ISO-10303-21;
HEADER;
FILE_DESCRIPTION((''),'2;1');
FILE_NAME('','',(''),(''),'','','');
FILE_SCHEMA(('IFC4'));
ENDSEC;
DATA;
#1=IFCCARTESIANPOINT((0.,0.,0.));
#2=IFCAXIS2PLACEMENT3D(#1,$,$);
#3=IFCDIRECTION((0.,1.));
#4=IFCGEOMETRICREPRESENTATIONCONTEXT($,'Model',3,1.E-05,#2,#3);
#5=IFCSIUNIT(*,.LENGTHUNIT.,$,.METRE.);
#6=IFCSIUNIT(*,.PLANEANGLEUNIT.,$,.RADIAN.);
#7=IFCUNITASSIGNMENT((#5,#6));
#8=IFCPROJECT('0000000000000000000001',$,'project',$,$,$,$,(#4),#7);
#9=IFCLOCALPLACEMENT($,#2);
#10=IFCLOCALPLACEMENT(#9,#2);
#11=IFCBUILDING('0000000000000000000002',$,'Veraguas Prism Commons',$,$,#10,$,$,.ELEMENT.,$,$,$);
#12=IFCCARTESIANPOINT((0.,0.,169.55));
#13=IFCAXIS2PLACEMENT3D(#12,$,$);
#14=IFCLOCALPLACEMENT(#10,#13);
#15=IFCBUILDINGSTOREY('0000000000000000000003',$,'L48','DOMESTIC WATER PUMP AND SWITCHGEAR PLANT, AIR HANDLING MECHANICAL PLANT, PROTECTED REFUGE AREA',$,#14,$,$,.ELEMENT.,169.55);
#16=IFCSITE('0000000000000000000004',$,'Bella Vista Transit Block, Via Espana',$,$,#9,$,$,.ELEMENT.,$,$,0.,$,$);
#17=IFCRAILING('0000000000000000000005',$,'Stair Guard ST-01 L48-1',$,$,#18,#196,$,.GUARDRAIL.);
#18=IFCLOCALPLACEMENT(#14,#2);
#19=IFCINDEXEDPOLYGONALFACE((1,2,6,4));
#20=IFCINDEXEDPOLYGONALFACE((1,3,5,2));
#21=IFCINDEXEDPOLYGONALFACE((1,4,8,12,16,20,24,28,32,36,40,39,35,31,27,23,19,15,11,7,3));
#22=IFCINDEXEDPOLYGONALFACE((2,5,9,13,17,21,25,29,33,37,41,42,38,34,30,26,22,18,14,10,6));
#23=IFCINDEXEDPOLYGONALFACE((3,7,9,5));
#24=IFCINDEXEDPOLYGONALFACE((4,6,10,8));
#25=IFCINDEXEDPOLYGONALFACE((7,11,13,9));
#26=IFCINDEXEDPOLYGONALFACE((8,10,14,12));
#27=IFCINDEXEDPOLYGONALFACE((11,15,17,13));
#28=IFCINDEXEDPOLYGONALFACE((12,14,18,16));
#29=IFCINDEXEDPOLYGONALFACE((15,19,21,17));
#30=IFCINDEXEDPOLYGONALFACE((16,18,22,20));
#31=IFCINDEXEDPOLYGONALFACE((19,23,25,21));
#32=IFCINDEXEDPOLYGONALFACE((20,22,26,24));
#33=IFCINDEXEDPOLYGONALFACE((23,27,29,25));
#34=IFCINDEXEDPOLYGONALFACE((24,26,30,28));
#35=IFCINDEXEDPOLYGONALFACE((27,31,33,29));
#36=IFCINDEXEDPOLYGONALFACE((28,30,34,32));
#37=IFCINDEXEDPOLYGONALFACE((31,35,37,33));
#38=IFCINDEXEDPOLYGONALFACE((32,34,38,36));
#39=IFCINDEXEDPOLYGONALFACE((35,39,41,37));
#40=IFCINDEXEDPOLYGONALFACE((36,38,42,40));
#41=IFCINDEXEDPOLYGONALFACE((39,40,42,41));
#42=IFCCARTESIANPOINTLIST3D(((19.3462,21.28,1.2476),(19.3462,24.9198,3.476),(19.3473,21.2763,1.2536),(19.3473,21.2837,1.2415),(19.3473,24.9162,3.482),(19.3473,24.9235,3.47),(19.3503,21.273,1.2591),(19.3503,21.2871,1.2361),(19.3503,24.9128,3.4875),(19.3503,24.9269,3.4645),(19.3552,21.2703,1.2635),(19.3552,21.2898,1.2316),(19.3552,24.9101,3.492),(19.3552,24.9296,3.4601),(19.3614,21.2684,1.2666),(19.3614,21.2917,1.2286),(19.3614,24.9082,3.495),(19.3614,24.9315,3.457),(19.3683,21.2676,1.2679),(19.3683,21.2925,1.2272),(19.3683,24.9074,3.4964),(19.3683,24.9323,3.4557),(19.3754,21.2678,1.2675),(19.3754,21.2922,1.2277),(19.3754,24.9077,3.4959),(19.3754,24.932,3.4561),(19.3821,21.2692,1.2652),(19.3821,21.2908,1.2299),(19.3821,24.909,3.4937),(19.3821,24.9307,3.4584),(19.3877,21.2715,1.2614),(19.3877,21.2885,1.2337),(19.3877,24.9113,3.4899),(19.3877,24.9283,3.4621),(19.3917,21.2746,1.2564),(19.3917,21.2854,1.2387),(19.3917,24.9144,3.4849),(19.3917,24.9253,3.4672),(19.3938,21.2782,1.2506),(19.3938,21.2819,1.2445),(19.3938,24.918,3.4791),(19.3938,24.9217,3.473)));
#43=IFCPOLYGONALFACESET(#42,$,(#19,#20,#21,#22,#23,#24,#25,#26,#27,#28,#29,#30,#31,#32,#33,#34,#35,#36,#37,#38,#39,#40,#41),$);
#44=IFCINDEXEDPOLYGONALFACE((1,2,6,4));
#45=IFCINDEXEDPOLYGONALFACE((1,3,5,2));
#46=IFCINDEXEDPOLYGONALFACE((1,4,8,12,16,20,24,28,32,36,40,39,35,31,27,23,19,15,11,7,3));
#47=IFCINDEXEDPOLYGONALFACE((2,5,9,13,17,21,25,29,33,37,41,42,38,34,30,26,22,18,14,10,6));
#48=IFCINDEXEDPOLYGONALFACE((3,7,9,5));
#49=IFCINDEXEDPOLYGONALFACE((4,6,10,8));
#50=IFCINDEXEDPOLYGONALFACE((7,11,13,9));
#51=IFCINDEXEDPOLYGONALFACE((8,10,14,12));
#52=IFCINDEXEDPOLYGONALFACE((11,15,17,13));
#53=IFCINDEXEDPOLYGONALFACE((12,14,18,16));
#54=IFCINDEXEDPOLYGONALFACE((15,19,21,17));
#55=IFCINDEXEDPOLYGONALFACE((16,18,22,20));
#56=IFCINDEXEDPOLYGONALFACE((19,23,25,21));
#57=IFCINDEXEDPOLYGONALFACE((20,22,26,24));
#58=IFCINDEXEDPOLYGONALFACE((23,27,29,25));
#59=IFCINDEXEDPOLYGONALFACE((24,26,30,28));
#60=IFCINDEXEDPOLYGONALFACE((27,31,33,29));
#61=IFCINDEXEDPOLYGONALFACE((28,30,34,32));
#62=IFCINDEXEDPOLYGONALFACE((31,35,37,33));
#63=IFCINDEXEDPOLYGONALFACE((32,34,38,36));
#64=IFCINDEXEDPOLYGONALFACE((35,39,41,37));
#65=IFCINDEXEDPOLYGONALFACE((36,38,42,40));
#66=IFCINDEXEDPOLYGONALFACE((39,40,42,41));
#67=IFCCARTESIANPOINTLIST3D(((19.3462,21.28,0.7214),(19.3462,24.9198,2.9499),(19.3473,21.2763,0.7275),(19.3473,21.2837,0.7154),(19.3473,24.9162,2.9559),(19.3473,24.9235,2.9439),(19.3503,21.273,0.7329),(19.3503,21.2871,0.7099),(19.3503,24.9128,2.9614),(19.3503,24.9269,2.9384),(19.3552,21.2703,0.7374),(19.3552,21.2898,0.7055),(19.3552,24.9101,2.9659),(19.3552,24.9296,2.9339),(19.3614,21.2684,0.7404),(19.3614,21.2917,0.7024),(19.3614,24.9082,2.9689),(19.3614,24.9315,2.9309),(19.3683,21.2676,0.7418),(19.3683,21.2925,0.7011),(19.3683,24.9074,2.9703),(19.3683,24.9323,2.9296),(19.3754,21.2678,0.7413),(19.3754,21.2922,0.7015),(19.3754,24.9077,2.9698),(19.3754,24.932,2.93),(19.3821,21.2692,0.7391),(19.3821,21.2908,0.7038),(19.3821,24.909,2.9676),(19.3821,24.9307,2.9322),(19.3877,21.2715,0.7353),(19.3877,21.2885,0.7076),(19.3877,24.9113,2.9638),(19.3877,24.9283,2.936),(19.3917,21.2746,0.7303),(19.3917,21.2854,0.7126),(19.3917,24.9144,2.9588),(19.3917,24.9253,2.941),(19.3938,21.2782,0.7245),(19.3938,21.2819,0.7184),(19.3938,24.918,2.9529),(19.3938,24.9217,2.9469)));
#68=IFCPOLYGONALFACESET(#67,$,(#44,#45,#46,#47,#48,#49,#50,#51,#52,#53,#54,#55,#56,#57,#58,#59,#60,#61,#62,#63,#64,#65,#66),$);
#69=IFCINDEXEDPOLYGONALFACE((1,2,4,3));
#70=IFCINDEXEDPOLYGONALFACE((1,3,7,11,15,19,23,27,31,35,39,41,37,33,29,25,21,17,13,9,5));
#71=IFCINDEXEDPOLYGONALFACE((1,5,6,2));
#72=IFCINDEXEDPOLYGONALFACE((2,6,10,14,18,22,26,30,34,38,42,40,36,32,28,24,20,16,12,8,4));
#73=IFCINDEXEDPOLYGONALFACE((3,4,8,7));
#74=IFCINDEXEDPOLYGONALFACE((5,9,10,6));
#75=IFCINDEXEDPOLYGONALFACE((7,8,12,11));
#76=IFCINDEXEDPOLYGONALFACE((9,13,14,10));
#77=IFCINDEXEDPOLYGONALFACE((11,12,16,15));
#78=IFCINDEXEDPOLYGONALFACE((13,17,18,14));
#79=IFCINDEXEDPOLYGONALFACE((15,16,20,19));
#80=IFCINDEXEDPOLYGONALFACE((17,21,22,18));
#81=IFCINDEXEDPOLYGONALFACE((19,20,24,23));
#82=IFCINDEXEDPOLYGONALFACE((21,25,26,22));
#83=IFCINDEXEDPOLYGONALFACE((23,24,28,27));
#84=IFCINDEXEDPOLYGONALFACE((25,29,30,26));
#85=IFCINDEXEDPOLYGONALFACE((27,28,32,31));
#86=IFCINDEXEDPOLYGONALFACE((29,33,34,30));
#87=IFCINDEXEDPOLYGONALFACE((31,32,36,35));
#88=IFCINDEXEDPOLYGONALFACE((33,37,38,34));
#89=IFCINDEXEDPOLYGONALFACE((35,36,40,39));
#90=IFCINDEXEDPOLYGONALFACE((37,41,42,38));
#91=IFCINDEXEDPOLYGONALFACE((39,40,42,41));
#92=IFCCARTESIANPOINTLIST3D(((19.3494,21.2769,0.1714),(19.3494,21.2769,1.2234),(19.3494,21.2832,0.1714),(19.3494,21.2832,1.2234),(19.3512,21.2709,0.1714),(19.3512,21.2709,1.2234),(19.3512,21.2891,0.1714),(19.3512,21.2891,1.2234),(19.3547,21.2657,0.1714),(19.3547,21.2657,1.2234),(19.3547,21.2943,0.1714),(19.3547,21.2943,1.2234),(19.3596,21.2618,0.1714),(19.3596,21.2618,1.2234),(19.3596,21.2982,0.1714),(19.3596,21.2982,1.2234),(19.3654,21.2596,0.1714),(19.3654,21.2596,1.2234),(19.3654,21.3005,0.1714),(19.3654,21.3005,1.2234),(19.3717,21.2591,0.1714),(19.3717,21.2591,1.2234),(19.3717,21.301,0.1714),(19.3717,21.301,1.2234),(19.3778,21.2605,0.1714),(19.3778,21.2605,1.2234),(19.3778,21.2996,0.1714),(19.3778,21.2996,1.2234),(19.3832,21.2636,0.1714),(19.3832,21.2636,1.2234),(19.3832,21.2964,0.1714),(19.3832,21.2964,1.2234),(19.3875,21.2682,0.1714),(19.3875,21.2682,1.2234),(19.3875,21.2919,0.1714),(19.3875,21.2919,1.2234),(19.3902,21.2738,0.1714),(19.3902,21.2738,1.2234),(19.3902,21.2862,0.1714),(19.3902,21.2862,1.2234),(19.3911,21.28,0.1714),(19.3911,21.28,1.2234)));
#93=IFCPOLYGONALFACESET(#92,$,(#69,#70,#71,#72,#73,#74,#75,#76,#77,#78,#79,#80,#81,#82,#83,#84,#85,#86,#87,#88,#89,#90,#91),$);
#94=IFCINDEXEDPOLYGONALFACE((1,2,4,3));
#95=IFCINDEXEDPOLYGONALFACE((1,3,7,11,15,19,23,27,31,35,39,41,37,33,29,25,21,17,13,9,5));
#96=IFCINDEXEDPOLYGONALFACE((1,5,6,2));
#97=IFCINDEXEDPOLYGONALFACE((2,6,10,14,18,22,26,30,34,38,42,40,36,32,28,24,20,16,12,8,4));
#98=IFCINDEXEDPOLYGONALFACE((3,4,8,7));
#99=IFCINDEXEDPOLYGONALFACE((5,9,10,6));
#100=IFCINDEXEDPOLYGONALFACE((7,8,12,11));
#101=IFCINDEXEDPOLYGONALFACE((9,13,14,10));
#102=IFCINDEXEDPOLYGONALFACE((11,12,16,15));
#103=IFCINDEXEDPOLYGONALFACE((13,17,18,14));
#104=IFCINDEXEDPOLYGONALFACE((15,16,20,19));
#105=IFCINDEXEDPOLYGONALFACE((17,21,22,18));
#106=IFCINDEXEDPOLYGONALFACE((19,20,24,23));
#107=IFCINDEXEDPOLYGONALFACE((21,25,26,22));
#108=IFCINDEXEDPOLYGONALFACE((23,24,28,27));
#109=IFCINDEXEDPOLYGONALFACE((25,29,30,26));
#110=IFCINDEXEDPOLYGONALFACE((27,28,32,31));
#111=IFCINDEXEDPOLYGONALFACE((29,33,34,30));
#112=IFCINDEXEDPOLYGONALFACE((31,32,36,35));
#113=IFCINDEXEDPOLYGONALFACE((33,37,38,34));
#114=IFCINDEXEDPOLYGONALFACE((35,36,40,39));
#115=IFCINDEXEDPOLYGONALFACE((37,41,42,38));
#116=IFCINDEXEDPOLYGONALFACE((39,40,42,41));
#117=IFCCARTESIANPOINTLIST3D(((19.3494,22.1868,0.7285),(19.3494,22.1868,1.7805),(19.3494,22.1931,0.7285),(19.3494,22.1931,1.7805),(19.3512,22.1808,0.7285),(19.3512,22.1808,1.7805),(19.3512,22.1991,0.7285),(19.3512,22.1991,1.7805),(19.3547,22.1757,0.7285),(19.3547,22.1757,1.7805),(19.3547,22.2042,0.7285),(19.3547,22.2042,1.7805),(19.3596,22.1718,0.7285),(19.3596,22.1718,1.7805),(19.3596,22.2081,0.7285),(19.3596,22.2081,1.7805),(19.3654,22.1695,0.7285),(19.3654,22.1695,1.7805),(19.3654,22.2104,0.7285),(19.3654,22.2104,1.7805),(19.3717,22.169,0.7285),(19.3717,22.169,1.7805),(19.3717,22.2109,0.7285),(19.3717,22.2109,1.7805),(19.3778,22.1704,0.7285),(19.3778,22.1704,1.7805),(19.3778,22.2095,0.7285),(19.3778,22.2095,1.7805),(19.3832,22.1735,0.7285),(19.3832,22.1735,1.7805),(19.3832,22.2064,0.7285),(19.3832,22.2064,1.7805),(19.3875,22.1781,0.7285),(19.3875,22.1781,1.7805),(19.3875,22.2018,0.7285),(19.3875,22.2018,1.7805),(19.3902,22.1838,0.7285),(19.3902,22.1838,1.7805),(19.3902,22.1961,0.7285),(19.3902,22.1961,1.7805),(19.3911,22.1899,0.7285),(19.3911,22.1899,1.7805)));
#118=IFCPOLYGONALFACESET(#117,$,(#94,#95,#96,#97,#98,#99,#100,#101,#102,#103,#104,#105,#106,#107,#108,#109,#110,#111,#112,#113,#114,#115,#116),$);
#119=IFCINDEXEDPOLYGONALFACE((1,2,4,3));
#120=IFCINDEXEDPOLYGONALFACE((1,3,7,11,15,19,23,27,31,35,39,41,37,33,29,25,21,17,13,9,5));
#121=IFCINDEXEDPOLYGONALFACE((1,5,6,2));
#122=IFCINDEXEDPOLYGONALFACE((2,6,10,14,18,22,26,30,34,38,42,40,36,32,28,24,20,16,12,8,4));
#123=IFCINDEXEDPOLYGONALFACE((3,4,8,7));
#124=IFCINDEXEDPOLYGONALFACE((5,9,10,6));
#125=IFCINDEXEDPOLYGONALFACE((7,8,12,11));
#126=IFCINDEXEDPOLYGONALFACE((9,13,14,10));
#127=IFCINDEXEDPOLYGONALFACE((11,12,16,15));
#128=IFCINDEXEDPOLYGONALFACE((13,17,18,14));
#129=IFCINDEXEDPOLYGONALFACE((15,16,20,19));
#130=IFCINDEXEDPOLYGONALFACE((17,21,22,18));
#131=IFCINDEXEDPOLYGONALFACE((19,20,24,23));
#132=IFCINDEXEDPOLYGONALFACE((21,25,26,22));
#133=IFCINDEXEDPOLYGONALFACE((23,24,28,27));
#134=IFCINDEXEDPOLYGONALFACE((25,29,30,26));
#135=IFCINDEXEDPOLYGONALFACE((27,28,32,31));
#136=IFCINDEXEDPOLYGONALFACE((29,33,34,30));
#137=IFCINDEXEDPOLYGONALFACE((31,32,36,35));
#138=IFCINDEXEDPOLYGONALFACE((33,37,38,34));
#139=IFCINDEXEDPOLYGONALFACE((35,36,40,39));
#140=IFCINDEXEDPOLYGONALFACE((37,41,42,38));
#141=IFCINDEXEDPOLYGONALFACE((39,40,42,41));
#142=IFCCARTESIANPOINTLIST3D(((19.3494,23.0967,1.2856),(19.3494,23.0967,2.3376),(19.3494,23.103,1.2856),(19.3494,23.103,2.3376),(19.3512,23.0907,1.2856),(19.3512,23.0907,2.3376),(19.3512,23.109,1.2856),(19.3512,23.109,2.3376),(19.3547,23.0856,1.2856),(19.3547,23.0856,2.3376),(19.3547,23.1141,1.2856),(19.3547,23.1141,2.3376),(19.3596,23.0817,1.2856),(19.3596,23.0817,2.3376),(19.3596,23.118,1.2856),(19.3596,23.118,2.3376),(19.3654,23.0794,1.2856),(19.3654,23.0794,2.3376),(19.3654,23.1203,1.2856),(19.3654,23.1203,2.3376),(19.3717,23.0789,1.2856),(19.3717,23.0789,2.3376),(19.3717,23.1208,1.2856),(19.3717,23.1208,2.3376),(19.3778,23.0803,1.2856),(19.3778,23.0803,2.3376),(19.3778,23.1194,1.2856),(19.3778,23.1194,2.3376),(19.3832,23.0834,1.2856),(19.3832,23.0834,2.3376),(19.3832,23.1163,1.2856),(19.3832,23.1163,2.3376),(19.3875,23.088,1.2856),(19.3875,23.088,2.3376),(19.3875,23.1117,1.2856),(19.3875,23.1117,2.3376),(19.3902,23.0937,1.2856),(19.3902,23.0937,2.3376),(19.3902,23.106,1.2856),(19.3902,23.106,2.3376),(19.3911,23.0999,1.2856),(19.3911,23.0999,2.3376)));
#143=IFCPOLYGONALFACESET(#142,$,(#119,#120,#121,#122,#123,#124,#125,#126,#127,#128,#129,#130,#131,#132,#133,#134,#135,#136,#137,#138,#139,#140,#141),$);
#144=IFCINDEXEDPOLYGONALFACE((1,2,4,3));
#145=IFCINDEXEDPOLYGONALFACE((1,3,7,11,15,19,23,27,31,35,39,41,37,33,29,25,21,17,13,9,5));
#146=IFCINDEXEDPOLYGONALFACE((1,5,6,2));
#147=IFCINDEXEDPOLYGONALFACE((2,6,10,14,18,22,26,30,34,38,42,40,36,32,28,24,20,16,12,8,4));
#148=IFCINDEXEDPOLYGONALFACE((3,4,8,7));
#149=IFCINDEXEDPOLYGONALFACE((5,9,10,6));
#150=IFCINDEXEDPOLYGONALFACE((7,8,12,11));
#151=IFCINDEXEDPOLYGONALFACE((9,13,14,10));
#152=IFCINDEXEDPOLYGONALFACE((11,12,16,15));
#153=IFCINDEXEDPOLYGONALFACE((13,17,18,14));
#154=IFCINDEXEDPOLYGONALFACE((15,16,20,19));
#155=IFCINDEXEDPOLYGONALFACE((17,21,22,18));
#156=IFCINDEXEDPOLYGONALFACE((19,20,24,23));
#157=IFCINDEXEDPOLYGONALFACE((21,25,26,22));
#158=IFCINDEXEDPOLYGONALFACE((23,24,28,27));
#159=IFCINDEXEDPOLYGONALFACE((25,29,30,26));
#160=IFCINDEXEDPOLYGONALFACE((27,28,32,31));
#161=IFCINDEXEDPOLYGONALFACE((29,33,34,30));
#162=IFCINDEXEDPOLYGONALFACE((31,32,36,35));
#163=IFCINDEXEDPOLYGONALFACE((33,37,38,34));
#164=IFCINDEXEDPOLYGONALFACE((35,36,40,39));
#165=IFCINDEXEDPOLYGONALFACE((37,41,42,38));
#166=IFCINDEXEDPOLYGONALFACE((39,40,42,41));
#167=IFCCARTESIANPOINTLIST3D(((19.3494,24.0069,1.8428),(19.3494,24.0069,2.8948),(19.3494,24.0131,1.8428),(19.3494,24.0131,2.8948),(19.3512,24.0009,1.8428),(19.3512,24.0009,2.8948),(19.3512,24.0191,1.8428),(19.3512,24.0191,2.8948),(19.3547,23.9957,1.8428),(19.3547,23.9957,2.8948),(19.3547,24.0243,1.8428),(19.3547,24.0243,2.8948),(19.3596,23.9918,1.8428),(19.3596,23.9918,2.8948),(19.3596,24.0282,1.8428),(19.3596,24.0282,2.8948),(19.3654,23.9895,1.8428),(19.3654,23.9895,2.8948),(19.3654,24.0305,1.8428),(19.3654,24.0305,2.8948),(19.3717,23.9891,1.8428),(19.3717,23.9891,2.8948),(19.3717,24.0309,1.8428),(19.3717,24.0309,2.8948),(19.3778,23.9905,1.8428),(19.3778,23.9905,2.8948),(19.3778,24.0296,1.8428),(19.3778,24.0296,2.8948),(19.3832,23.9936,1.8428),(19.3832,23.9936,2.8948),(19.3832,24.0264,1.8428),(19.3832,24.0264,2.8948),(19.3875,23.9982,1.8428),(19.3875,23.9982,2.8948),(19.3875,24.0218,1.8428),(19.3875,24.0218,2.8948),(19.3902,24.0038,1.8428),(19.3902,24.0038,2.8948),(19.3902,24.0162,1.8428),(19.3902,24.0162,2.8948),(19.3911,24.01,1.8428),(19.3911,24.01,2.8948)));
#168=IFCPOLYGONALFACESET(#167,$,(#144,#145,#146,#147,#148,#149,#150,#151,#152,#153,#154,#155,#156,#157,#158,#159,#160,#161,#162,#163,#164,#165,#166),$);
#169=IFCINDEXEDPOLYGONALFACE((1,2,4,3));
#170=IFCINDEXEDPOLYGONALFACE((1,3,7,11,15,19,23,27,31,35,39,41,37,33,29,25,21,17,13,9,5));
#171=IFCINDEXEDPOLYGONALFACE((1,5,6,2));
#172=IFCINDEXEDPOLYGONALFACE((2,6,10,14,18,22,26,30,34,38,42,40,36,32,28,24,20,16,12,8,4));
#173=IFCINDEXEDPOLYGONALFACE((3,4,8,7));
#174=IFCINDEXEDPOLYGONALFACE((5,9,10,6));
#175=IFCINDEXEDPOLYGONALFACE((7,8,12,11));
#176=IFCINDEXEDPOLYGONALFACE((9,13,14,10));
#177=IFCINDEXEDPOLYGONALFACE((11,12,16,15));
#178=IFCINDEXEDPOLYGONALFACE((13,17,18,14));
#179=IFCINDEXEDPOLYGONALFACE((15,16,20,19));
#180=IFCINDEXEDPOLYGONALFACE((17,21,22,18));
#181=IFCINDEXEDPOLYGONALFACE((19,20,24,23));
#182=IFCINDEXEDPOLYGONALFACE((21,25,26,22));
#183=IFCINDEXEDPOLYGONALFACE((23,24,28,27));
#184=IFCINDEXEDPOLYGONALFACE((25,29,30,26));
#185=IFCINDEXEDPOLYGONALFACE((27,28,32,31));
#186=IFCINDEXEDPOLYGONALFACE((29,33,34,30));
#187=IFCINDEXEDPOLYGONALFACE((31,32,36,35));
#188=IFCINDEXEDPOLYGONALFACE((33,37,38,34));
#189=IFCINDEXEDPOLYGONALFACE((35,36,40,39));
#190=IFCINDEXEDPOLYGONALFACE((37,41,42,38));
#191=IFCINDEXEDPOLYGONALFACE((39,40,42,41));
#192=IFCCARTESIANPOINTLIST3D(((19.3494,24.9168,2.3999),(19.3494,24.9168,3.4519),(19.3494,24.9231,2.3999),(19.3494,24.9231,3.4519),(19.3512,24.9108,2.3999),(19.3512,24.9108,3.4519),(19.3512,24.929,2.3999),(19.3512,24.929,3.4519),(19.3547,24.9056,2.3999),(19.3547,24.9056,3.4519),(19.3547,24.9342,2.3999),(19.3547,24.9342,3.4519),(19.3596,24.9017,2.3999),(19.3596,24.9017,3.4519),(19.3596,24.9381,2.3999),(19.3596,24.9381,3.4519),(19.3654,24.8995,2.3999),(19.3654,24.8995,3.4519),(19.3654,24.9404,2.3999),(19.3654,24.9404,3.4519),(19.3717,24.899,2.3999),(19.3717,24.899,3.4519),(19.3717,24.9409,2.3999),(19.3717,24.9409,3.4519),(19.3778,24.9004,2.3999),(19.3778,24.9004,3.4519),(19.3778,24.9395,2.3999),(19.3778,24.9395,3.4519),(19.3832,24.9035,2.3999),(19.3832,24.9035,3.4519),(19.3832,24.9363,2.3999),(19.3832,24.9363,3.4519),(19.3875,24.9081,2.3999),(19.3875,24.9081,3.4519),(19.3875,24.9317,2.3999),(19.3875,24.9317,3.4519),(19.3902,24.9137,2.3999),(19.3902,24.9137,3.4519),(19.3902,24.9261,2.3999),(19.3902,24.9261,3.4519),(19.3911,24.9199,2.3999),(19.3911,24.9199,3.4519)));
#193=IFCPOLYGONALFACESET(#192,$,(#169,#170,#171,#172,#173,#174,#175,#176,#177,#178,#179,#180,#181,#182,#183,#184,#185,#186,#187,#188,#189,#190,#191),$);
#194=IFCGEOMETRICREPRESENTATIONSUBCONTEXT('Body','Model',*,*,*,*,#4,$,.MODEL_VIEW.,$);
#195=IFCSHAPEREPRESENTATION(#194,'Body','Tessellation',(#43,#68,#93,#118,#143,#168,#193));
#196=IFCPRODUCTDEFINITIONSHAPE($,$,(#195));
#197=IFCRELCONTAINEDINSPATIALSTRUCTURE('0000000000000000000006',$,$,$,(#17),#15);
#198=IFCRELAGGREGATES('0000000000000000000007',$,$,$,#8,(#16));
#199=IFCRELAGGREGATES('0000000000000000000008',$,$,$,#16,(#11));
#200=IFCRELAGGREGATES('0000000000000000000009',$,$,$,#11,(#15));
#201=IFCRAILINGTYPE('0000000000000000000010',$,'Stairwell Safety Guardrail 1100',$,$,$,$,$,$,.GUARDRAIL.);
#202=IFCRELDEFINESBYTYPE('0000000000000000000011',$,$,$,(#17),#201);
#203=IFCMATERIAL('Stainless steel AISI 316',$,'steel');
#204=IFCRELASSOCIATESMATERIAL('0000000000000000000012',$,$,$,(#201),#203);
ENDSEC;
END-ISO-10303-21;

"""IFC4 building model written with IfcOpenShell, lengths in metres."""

from ifc_helpers import new_model, si_unit, direction, frame, origin, origin_2d, place, context, subcontext, project, spatial, circle, extrude, material, type_object, element, save


model = new_model("IFC4")

# Units and contexts
model_context = context("Model", 3, precision=1e-05, world=origin(), true_north=direction((0.0, 1.0)))
body_context = subcontext(model_context, "Body", "Model", "MODEL_VIEW")
ifc_project = project(units=[si_unit("LENGTHUNIT", "METRE"), si_unit("PLANEANGLEUNIT", "RADIAN")], contexts=[model_context])

# Site, building, storey
site_placement = place(None, origin())
site = spatial("IfcSite", under=ifc_project, at=site_placement, Name="Bella Vista Transit Block, Via Espana", CompositionType="ELEMENT", RefElevation=0.0)
building_placement = place(site_placement, origin())
building = spatial("IfcBuilding", under=site, at=building_placement, Name="Veraguas Prism Commons", CompositionType="ELEMENT")
storey_placement = place(building_placement, frame((0.0, 0.0, 169.55)))
storey = spatial("IfcBuildingStorey", under=building, at=storey_placement, Name="L48", Description="DOMESTIC WATER PUMP AND SWITCHGEAR PLANT, AIR HANDLING MECHANICAL PLANT, PROTECTED REFUGE AREA", CompositionType="ELEMENT", Elevation=169.55)

# Shared definitions
ifc_material_1 = material(Name="Stainless steel AISI 316", Category="steel")

# Railing
railing_type_1 = type_object("IfcRailingType", Name="Stairwell Safety Guardrail 1100", PredefinedType="GUARDRAIL", material=ifc_material_1)
railing_1_placement = place(storey_placement, frame((19.3701, 21.28, 0.1714)))
element("IfcRailing", 1, at=railing_1_placement, inside=storey, type_object=railing_type_1, Name="Stair Guard ST-01 L48-1", PredefinedType="GUARDRAIL", context=body_context, shape_type="SweptSolid", body=[
    extrude(circle(Radius=0.0239, at=origin_2d()), frame((0.0, 0.0, 1.0762), z_axis=(0.0, 0.85285, 0.522156), x_axis=(-1.0, 0.0, 0.0)), (0.0, 0.0, 1.0), 4.2678),
    extrude(circle(Radius=0.0239, at=origin_2d()), frame((0.0, 0.0, 0.55), z_axis=(0.0, 0.85285, 0.522156), x_axis=(-1.0, 0.0, 0.0)), (0.0, 0.0, 1.0), 4.2678),
    extrude(circle(Radius=0.021, at=origin_2d()), origin(), (0.0, 0.0, 1.0), 1.052),
    extrude(circle(Radius=0.021, at=origin_2d()), frame((0.0, 0.9099, 0.5571)), (0.0, 0.0, 1.0), 1.052),
    extrude(circle(Radius=0.021, at=origin_2d()), frame((0.0, 1.8198, 1.1143)), (0.0, 0.0, 1.0), 1.052),
    extrude(circle(Radius=0.021, at=origin_2d()), frame((0.0, 2.73, 1.6714)), (0.0, 0.0, 1.0), 1.052),
    extrude(circle(Radius=0.021, at=origin_2d()), frame((0.0, 3.6399, 2.2285)), (0.0, 0.0, 1.0), 1.052),
])

save(model, "model.ifc")
